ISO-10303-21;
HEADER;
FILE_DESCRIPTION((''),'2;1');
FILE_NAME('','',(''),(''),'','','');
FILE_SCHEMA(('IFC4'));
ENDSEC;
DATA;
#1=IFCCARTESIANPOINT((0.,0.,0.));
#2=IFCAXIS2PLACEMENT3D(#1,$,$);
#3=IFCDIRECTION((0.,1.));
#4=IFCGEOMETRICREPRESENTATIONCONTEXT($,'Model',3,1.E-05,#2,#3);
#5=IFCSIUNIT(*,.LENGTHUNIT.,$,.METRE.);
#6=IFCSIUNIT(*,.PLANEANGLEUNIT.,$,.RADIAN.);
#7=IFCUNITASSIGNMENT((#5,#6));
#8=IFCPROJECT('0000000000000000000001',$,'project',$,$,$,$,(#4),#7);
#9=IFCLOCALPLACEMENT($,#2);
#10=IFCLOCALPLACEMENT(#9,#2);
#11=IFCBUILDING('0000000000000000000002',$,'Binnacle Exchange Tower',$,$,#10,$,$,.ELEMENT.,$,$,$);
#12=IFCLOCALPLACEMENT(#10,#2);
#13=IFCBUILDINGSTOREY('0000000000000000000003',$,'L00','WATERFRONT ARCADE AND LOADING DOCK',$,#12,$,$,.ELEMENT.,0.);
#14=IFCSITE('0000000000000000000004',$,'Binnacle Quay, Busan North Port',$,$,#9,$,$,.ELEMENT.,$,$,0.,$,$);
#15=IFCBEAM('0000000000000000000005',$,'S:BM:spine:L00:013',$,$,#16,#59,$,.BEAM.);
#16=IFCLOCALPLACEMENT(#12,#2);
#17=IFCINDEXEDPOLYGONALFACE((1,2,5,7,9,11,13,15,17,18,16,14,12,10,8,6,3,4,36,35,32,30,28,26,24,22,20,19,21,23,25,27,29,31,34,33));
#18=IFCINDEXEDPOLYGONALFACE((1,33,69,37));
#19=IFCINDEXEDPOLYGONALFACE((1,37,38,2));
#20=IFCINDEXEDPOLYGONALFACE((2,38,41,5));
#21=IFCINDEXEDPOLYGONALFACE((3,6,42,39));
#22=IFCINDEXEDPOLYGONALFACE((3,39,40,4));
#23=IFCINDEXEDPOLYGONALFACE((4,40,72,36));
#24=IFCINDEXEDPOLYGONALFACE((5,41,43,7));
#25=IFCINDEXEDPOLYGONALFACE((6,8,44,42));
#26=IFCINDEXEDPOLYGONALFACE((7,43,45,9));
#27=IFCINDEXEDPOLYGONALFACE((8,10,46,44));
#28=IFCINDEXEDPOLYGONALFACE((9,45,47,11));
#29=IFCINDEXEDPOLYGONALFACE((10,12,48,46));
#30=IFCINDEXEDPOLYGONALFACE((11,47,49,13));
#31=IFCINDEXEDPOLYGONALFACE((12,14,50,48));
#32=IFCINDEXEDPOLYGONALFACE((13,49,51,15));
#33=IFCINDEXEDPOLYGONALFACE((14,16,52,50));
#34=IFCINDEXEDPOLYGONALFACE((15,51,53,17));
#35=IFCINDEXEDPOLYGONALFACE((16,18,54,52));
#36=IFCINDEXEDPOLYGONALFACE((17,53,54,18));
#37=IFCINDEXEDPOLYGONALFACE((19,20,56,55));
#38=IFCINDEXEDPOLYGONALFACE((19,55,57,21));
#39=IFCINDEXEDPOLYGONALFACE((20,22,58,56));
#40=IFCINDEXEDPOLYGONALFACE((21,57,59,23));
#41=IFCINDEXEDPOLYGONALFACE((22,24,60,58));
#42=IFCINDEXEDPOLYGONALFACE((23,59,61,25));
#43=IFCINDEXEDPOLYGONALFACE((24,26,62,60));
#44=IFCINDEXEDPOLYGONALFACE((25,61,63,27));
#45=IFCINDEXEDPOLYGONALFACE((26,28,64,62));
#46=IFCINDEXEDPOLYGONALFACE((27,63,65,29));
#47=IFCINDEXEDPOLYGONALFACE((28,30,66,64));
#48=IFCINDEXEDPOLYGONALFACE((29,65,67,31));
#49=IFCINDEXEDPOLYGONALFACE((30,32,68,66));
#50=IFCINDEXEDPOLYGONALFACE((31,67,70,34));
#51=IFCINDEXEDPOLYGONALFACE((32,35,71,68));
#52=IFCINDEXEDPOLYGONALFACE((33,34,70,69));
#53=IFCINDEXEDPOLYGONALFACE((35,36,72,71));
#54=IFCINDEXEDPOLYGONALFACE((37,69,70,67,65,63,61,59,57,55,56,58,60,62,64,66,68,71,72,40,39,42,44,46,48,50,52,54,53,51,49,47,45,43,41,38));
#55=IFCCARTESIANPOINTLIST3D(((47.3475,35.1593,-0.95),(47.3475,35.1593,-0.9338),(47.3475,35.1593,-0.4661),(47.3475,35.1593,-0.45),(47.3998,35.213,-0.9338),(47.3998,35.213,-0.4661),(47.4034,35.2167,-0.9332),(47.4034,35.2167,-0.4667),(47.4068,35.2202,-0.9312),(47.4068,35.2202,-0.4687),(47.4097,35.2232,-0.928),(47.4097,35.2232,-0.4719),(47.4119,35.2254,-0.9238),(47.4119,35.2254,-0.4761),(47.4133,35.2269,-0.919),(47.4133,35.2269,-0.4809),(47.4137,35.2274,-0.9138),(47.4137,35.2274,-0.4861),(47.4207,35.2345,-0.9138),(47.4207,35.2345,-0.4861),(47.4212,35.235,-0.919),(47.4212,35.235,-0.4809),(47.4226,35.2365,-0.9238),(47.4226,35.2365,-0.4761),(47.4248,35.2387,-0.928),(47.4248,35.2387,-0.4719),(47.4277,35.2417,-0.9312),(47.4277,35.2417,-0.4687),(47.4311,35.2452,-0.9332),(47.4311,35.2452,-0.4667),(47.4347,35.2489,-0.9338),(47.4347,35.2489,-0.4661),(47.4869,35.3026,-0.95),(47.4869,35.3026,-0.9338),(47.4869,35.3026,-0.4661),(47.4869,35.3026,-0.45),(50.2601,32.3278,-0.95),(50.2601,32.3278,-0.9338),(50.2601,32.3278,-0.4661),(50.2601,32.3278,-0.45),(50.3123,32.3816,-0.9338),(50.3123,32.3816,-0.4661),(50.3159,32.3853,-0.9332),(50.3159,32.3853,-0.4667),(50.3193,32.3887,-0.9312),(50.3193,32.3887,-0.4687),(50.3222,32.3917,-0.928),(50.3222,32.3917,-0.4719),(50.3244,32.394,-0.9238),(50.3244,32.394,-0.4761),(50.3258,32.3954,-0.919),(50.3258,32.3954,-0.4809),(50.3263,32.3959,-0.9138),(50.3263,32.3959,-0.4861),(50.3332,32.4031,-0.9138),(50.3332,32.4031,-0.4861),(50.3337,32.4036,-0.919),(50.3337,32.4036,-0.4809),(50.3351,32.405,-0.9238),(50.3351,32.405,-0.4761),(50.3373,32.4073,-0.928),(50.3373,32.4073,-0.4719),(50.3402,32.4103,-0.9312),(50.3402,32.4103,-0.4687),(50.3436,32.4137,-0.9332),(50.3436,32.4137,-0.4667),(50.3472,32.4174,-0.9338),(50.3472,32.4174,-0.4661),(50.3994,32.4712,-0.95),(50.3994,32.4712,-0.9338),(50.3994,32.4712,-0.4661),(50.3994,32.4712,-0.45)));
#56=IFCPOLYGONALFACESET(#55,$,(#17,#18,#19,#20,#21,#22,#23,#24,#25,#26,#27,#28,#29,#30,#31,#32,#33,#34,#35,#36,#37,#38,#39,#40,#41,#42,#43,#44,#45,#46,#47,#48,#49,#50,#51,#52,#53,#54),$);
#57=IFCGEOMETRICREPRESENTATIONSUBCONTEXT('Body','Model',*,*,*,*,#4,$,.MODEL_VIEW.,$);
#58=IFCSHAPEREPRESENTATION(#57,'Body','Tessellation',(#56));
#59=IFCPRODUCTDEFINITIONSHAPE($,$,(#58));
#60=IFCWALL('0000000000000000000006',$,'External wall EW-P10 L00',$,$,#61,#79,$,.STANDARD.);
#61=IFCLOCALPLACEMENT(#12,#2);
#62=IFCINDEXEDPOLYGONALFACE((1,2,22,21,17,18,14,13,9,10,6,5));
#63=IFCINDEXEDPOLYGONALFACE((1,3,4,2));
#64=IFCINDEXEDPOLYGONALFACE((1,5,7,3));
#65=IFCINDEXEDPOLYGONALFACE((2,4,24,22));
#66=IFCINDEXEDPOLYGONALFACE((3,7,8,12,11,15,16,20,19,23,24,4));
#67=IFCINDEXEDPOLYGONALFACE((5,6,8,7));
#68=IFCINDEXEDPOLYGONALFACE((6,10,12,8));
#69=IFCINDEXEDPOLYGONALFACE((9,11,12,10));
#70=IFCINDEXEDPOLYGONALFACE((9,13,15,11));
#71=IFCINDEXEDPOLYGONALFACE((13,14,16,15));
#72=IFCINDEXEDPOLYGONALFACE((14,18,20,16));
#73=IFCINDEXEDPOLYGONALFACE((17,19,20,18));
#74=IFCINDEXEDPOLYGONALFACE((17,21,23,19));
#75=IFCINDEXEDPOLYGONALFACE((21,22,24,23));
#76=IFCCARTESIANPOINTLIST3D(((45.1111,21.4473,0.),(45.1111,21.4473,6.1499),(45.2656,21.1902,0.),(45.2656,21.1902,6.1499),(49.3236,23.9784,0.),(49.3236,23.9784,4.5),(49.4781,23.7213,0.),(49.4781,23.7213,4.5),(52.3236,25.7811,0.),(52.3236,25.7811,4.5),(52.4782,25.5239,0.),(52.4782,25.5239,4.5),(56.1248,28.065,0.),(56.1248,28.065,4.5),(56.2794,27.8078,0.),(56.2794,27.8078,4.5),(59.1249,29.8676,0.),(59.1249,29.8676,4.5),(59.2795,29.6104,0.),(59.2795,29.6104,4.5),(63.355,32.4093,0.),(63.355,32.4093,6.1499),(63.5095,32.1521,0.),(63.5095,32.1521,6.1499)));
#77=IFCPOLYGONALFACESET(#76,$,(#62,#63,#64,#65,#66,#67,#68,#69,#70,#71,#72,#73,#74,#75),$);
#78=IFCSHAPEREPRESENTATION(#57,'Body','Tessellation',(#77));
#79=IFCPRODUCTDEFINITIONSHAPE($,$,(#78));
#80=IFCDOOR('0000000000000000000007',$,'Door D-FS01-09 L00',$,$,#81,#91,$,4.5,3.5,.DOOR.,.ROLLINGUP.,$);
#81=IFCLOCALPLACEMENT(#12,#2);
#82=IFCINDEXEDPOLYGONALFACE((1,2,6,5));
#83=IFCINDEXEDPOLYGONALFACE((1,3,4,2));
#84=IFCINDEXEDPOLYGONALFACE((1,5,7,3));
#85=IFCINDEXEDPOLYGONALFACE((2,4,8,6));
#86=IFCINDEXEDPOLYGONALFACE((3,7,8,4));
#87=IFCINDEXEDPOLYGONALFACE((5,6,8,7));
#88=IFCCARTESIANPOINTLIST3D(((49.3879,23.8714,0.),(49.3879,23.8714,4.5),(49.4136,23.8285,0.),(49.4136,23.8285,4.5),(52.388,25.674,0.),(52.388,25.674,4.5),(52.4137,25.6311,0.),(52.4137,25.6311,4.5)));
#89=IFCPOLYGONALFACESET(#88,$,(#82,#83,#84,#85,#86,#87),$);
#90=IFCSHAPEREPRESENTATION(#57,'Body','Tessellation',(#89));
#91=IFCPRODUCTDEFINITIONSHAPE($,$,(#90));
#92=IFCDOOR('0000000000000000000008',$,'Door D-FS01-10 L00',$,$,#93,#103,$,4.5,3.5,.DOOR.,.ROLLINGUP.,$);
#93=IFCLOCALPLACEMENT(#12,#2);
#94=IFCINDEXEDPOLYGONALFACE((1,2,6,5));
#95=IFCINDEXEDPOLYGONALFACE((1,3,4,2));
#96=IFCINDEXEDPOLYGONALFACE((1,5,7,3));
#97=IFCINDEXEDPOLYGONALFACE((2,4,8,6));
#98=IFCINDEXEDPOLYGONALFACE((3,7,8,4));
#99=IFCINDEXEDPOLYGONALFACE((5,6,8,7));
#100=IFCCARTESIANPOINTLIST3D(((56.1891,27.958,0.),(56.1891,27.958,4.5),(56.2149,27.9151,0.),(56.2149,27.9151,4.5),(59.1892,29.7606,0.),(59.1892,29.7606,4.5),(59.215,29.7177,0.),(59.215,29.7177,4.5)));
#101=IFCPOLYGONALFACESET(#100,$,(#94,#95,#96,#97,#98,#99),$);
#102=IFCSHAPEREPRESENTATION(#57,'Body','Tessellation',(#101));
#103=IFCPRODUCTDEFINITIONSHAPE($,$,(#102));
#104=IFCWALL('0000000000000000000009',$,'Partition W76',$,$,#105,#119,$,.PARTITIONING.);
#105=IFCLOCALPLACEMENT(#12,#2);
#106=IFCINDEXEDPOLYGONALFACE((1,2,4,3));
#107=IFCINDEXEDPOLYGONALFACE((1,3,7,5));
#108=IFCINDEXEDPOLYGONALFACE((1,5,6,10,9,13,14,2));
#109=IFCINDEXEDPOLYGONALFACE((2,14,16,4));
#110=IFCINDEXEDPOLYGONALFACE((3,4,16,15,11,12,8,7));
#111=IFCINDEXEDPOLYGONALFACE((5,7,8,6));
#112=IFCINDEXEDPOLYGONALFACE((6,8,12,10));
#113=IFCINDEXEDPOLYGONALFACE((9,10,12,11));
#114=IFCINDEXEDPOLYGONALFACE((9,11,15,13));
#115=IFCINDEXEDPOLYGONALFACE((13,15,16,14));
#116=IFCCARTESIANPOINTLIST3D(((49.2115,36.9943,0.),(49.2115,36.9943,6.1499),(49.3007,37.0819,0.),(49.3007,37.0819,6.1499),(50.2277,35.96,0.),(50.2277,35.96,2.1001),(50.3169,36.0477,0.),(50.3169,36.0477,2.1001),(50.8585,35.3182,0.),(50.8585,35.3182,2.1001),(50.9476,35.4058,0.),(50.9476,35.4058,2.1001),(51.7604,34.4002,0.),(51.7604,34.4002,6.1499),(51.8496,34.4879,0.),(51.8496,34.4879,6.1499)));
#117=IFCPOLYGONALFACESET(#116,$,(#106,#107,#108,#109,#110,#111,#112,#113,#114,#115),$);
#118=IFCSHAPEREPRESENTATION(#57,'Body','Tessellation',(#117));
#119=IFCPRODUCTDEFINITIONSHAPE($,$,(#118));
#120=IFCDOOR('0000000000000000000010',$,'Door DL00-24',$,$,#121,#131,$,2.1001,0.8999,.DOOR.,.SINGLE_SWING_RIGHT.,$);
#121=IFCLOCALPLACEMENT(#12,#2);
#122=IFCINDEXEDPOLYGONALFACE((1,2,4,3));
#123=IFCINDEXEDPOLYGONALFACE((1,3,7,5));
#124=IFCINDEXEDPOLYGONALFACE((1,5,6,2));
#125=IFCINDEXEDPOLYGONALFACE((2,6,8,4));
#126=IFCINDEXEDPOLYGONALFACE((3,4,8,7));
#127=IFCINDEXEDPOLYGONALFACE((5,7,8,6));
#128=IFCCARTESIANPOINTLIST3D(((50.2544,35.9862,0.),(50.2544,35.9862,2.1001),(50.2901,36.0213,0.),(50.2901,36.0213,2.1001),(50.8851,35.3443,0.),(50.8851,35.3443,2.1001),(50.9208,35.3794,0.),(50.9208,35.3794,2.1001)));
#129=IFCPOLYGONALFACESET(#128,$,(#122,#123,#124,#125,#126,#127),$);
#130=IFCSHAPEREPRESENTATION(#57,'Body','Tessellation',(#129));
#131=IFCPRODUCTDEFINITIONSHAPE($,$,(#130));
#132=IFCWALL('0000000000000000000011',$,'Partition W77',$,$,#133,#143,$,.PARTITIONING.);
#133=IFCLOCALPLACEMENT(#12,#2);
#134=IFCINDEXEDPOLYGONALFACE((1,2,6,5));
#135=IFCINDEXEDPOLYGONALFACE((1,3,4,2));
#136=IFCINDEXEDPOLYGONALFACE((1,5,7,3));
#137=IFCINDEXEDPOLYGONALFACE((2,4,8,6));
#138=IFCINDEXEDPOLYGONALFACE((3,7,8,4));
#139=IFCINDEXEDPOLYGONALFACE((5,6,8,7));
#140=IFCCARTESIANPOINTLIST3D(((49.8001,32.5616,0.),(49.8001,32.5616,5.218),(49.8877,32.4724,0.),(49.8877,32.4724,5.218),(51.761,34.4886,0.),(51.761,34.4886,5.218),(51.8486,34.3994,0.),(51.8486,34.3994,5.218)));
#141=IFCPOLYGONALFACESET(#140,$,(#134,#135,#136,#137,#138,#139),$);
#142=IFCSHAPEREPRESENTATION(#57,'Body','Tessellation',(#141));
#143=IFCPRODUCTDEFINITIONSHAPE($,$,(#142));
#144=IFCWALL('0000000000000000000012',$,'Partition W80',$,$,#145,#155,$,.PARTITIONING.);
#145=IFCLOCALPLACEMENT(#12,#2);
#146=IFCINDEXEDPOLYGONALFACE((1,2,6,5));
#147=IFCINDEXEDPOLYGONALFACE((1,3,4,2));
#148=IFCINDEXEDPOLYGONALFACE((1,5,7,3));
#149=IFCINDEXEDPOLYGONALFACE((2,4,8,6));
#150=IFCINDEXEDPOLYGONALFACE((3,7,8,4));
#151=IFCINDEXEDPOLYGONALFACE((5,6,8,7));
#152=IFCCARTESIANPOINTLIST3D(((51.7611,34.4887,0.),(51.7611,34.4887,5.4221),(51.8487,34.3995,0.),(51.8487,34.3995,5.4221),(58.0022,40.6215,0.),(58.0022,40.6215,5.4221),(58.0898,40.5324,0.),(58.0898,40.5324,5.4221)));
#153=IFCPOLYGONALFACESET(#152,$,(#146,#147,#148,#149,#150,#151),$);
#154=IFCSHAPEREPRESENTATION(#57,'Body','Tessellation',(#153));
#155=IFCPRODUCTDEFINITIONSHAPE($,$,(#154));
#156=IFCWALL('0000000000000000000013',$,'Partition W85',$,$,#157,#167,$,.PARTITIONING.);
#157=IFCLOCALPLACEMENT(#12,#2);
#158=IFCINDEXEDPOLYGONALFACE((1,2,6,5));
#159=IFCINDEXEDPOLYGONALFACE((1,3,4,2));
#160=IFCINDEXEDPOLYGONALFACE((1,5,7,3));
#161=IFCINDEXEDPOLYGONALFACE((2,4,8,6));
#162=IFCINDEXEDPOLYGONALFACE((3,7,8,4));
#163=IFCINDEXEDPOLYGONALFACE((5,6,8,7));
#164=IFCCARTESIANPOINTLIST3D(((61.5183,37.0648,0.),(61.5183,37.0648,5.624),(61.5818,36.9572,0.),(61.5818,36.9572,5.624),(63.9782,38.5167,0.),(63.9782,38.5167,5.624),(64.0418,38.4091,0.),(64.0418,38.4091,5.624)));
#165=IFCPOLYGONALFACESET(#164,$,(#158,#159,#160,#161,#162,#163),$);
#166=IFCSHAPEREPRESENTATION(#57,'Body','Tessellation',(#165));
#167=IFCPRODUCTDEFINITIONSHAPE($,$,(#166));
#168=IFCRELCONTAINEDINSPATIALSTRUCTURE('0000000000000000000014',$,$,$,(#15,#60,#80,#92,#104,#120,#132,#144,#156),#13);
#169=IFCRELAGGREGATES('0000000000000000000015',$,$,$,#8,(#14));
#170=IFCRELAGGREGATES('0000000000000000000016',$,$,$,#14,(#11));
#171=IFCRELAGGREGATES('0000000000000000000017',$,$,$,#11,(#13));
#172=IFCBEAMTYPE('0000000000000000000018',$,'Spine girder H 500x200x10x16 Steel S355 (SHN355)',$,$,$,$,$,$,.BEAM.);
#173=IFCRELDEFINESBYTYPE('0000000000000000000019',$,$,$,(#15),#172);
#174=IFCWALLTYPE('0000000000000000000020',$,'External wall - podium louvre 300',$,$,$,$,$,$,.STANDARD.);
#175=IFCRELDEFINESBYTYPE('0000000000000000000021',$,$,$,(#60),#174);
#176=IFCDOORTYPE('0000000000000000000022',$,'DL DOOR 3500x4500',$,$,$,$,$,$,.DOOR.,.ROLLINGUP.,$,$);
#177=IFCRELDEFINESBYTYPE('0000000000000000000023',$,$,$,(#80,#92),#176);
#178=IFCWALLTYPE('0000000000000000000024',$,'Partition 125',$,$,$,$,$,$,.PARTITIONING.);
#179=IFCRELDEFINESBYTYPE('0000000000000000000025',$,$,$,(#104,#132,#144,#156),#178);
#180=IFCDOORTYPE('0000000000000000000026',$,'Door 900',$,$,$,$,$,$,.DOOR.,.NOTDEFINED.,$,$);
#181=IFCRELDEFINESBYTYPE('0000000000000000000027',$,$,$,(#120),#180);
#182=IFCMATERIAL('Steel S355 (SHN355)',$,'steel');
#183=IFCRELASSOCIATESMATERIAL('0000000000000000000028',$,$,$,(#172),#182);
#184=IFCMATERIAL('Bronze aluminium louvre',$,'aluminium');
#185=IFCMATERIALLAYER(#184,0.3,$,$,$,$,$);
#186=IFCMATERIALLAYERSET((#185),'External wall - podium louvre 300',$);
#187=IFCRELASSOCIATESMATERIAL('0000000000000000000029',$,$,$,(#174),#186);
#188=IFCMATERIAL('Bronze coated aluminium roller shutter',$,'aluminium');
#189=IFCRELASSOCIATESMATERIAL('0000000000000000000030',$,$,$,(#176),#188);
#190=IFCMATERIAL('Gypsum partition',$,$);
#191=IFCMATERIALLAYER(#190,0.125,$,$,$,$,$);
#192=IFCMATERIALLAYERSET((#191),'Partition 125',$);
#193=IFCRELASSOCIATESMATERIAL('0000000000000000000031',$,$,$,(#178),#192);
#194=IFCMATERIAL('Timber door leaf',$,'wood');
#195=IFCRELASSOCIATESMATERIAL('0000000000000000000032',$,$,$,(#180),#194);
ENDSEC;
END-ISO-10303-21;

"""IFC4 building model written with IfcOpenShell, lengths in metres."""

from ifc_helpers import new_model, si_unit, direction, frame, frame_2d, origin, origin_2d, place, context, subcontext, project, spatial, rectangle, i_section, extrude, material, layer, layer_set, material_profile, profile_set, type_object, element, fill, save


model = new_model("IFC4")

# Units and contexts
model_context = context("Model", 3, precision=1e-05, world=origin(), true_north=direction((0.0, 1.0)))
body_context = subcontext(model_context, "Body", "Model", "MODEL_VIEW")
ifc_project = project(units=[si_unit("LENGTHUNIT", "METRE"), si_unit("PLANEANGLEUNIT", "RADIAN")], contexts=[model_context])

# Site, building, storey
site_placement = place(None, origin())
site = spatial("IfcSite", under=ifc_project, at=site_placement, Name="Binnacle Quay, Busan North Port", CompositionType="ELEMENT", RefElevation=0.0)
building_placement = place(site_placement, origin())
building = spatial("IfcBuilding", under=site, at=building_placement, Name="Binnacle Exchange Tower", CompositionType="ELEMENT")
storey_placement = place(building_placement, origin())
storey = spatial("IfcBuildingStorey", under=building, at=storey_placement, Name="L00", Description="WATERFRONT ARCADE AND LOADING DOCK", CompositionType="ELEMENT", Elevation=0.0)

# Beam
ifc_material_1 = material(Name="Steel S355 (SHN355)", Category="steel")
ifc_material_profile_1 = material_profile(ifc_material_1, i_section(OverallWidth=0.2, OverallDepth=0.5, WebThickness=0.01, FlangeThickness=0.0161, FilletRadius=0.02, at=origin_2d()), Name="H 500x200x10x16")
ifc_profile_set_1 = profile_set([ifc_material_profile_1], Name="Steel S355 (SHN355)")
beam_type_1 = type_object("IfcBeamType", Name="Spine girder H 500x200x10x16 Steel S355 (SHN355)", PredefinedType="BEAM", material=ifc_profile_set_1)
beam_1_placement = place(storey_placement, frame((47.4172, 35.231, -0.7), z_axis=(0.717013, -0.69706, 0.0), x_axis=(0.69706, 0.717013, 0.0)))
element("IfcBeam", 1, at=beam_1_placement, inside=storey, type_object=beam_type_1, Name="S:BM:spine:L00:013", PredefinedType="BEAM", context=body_context, shape_type="SweptSolid", body=[
    extrude(i_section(OverallWidth=0.2, OverallDepth=0.5, WebThickness=0.01, FlangeThickness=0.0161, FilletRadius=0.02, at=origin_2d()), origin(), (0.0, 0.0, 1.0), 4.062),
])

# Wall, openings, doors
ifc_material_2 = material(Name="Bronze aluminium louvre", Category="aluminium")
ifc_layer_1 = layer(ifc_material_2, 0.3)
ifc_layer_set_1 = layer_set([ifc_layer_1], Name="External wall - podium louvre 300")
wall_type_1 = type_object("IfcWallType", Name="External wall - podium louvre 300", PredefinedType="STANDARD", material=ifc_layer_set_1)
wall_1_placement = place(storey_placement, frame((63.4324, 32.2808, 0.0), z_axis=(0.0, 0.0, 1.0), x_axis=(-0.85717, -0.515034, 0.0)))
wall_1 = element("IfcWall", 2, at=wall_1_placement, inside=storey, type_object=wall_type_1, Name="External wall EW-P10 L00", PredefinedType="STANDARD", context=body_context, shape_type="SweptSolid", body=[
    extrude(rectangle(XDim=21.2839, YDim=0.3, at=frame_2d((10.6421, 0.0))), origin(), (0.0, 0.0, 1.0), 6.1499),
])
opening_1_placement = place(wall_1_placement, frame((12.8696, 0.0, 0.0)))
opening_1 = element("IfcOpeningElement", 3, at=opening_1_placement, cuts=wall_1, PredefinedType="OPENING", context=body_context, shape_type="SweptSolid", body=[
    extrude(rectangle(XDim=3.5, YDim=4.5, at=frame_2d((1.75, 2.25))), frame((0.0, 0.1599, 0.0), z_axis=(0.0, -1.0, 0.0), x_axis=(1.0, 0.0, 0.0)), (0.0, 0.0, 1.0), 0.3201),
])
opening_2_placement = place(wall_1_placement, frame((4.9351, 0.0, 0.0)))
opening_2 = element("IfcOpeningElement", 4, at=opening_2_placement, cuts=wall_1, PredefinedType="OPENING", context=body_context, shape_type="SweptSolid", body=[
    extrude(rectangle(XDim=3.5, YDim=4.5, at=frame_2d((1.75, 2.25))), frame((0.0, 0.1599, 0.0), z_axis=(0.0, -1.0, 0.0), x_axis=(1.0, 0.0, 0.0)), (0.0, 0.0, 1.0), 0.3201),
])
ifc_material_3 = material(Name="Bronze coated aluminium roller shutter", Category="aluminium")
door_type_1 = type_object("IfcDoorType", Name="DL DOOR 3500x4500", OperationType="ROLLINGUP", PredefinedType="DOOR", material=ifc_material_3)
door_1_placement = place(opening_1_placement, origin())
door_1 = element("IfcDoor", 5, at=door_1_placement, inside=storey, type_object=door_type_1, Name="Door D-FS01-09 L00", OperationType="ROLLINGUP", OverallHeight=4.5, OverallWidth=3.5, PredefinedType="DOOR", context=body_context, shape_type="SweptSolid", body=[
    extrude(rectangle(XDim=3.5, YDim=4.5, at=frame_2d((1.75, 2.25))), frame((0.0, 0.0249, 0.0), z_axis=(0.0, -1.0, 0.0), x_axis=(1.0, 0.0, 0.0)), (0.0, 0.0, 1.0), 0.05),
])
fill(opening_1, door_1)
door_2_placement = place(opening_2_placement, origin())
door_2 = element("IfcDoor", 6, at=door_2_placement, inside=storey, type_object=door_type_1, Name="Door D-FS01-10 L00", OperationType="ROLLINGUP", OverallHeight=4.5, OverallWidth=3.5, PredefinedType="DOOR", context=body_context, shape_type="SweptSolid", body=[
    extrude(rectangle(XDim=3.5, YDim=4.5, at=frame_2d((1.75, 2.25))), frame((0.0, 0.0249, 0.0), z_axis=(0.0, -1.0, 0.0), x_axis=(1.0, 0.0, 0.0)), (0.0, 0.0, 1.0), 0.05),
])
fill(opening_2, door_2)

# Wall, opening, door
ifc_material_4 = material(Name="Gypsum partition")
ifc_layer_2 = layer(ifc_material_4, 0.125)
ifc_layer_set_2 = layer_set([ifc_layer_2], Name="Partition 125")
wall_type_2 = type_object("IfcWallType", Name="Partition 125", PredefinedType="PARTITIONING", material=ifc_layer_set_2)
wall_2_placement = place(storey_placement, frame((49.2561, 37.0381, 0.0), z_axis=(0.0, 0.0, 1.0), x_axis=(0.70087, -0.713289, 0.0)))
wall_2 = element("IfcWall", 7, at=wall_2_placement, inside=storey, type_object=wall_type_2, Name="Partition W76", PredefinedType="PARTITIONING", context=body_context, shape_type="SweptSolid", body=[
    extrude(rectangle(XDim=3.6367, YDim=0.125, at=frame_2d((1.8184, 0.0))), origin(), (0.0, 0.0, 1.0), 6.1499),
])
opening_3_placement = place(wall_2_placement, frame((1.45, 0.0, 0.0)))
opening_3 = element("IfcOpeningElement", 8, at=opening_3_placement, cuts=wall_2, PredefinedType="OPENING", context=body_context, shape_type="SweptSolid", body=[
    extrude(rectangle(XDim=0.8999, YDim=2.1001, at=frame_2d((0.45, 1.05))), frame((0.0, 0.0725, 0.0), z_axis=(0.0, -1.0, 0.0), x_axis=(1.0, 0.0, 0.0)), (0.0, 0.0, 1.0), 0.145),
])
ifc_material_5 = material(Name="Timber door leaf", Category="wood")
door_type_2 = type_object("IfcDoorType", Name="Door 900", OperationType="NOTDEFINED", PredefinedType="DOOR", material=ifc_material_5)
door_3_placement = place(opening_3_placement, origin())
door_3 = element("IfcDoor", 9, at=door_3_placement, inside=storey, type_object=door_type_2, Name="Door DL00-24", OperationType="SINGLE_SWING_RIGHT", OverallHeight=2.1001, OverallWidth=0.8999, PredefinedType="DOOR", context=body_context, shape_type="SweptSolid", body=[
    extrude(rectangle(XDim=0.8999, YDim=2.1001, at=frame_2d((0.45, 1.05))), frame((0.0, 0.0249, 0.0), z_axis=(0.0, -1.0, 0.0), x_axis=(1.0, 0.0, 0.0)), (0.0, 0.0, 1.0), 0.05),
])
fill(opening_3, door_3)

# Walls
wall_3_placement = place(storey_placement, frame((49.844, 32.5171, 0.0), z_axis=(0.0, 0.0, 1.0), x_axis=(0.713252, 0.700908, 0.0)))
element("IfcWall", 10, at=wall_3_placement, inside=storey, type_object=wall_type_2, Name="Partition W77", PredefinedType="PARTITIONING", context=body_context, shape_type="SweptSolid", body=[
    extrude(rectangle(XDim=2.7493, YDim=0.125, at=frame_2d((1.3745, 0.0))), origin(), (0.0, 0.0, 1.0), 5.218),
])
wall_4_placement = place(storey_placement, frame((51.8049, 34.4441, 0.0), z_axis=(0.0, 0.0, 1.0), x_axis=(0.71326, 0.700899, 0.0)))
element("IfcWall", 11, at=wall_4_placement, inside=storey, type_object=wall_type_2, Name="Partition W80", PredefinedType="PARTITIONING", context=body_context, shape_type="SweptSolid", body=[
    extrude(rectangle(XDim=8.75, YDim=0.125, at=frame_2d((4.375, 0.0))), origin(), (0.0, 0.0, 1.0), 5.4221),
])
wall_5_placement = place(storey_placement, frame((61.55, 37.011, 0.0), z_axis=(0.0, 0.0, 1.0), x_axis=(0.861188, 0.508286, 0.0)))
element("IfcWall", 12, at=wall_5_placement, inside=storey, type_object=wall_type_2, Name="Partition W85", PredefinedType="PARTITIONING", context=body_context, shape_type="SweptSolid", body=[
    extrude(rectangle(XDim=2.8564, YDim=0.125, at=frame_2d((1.4282, 0.0))), origin(), (0.0, 0.0, 1.0), 5.624),
])

save(model, "model.ifc")
